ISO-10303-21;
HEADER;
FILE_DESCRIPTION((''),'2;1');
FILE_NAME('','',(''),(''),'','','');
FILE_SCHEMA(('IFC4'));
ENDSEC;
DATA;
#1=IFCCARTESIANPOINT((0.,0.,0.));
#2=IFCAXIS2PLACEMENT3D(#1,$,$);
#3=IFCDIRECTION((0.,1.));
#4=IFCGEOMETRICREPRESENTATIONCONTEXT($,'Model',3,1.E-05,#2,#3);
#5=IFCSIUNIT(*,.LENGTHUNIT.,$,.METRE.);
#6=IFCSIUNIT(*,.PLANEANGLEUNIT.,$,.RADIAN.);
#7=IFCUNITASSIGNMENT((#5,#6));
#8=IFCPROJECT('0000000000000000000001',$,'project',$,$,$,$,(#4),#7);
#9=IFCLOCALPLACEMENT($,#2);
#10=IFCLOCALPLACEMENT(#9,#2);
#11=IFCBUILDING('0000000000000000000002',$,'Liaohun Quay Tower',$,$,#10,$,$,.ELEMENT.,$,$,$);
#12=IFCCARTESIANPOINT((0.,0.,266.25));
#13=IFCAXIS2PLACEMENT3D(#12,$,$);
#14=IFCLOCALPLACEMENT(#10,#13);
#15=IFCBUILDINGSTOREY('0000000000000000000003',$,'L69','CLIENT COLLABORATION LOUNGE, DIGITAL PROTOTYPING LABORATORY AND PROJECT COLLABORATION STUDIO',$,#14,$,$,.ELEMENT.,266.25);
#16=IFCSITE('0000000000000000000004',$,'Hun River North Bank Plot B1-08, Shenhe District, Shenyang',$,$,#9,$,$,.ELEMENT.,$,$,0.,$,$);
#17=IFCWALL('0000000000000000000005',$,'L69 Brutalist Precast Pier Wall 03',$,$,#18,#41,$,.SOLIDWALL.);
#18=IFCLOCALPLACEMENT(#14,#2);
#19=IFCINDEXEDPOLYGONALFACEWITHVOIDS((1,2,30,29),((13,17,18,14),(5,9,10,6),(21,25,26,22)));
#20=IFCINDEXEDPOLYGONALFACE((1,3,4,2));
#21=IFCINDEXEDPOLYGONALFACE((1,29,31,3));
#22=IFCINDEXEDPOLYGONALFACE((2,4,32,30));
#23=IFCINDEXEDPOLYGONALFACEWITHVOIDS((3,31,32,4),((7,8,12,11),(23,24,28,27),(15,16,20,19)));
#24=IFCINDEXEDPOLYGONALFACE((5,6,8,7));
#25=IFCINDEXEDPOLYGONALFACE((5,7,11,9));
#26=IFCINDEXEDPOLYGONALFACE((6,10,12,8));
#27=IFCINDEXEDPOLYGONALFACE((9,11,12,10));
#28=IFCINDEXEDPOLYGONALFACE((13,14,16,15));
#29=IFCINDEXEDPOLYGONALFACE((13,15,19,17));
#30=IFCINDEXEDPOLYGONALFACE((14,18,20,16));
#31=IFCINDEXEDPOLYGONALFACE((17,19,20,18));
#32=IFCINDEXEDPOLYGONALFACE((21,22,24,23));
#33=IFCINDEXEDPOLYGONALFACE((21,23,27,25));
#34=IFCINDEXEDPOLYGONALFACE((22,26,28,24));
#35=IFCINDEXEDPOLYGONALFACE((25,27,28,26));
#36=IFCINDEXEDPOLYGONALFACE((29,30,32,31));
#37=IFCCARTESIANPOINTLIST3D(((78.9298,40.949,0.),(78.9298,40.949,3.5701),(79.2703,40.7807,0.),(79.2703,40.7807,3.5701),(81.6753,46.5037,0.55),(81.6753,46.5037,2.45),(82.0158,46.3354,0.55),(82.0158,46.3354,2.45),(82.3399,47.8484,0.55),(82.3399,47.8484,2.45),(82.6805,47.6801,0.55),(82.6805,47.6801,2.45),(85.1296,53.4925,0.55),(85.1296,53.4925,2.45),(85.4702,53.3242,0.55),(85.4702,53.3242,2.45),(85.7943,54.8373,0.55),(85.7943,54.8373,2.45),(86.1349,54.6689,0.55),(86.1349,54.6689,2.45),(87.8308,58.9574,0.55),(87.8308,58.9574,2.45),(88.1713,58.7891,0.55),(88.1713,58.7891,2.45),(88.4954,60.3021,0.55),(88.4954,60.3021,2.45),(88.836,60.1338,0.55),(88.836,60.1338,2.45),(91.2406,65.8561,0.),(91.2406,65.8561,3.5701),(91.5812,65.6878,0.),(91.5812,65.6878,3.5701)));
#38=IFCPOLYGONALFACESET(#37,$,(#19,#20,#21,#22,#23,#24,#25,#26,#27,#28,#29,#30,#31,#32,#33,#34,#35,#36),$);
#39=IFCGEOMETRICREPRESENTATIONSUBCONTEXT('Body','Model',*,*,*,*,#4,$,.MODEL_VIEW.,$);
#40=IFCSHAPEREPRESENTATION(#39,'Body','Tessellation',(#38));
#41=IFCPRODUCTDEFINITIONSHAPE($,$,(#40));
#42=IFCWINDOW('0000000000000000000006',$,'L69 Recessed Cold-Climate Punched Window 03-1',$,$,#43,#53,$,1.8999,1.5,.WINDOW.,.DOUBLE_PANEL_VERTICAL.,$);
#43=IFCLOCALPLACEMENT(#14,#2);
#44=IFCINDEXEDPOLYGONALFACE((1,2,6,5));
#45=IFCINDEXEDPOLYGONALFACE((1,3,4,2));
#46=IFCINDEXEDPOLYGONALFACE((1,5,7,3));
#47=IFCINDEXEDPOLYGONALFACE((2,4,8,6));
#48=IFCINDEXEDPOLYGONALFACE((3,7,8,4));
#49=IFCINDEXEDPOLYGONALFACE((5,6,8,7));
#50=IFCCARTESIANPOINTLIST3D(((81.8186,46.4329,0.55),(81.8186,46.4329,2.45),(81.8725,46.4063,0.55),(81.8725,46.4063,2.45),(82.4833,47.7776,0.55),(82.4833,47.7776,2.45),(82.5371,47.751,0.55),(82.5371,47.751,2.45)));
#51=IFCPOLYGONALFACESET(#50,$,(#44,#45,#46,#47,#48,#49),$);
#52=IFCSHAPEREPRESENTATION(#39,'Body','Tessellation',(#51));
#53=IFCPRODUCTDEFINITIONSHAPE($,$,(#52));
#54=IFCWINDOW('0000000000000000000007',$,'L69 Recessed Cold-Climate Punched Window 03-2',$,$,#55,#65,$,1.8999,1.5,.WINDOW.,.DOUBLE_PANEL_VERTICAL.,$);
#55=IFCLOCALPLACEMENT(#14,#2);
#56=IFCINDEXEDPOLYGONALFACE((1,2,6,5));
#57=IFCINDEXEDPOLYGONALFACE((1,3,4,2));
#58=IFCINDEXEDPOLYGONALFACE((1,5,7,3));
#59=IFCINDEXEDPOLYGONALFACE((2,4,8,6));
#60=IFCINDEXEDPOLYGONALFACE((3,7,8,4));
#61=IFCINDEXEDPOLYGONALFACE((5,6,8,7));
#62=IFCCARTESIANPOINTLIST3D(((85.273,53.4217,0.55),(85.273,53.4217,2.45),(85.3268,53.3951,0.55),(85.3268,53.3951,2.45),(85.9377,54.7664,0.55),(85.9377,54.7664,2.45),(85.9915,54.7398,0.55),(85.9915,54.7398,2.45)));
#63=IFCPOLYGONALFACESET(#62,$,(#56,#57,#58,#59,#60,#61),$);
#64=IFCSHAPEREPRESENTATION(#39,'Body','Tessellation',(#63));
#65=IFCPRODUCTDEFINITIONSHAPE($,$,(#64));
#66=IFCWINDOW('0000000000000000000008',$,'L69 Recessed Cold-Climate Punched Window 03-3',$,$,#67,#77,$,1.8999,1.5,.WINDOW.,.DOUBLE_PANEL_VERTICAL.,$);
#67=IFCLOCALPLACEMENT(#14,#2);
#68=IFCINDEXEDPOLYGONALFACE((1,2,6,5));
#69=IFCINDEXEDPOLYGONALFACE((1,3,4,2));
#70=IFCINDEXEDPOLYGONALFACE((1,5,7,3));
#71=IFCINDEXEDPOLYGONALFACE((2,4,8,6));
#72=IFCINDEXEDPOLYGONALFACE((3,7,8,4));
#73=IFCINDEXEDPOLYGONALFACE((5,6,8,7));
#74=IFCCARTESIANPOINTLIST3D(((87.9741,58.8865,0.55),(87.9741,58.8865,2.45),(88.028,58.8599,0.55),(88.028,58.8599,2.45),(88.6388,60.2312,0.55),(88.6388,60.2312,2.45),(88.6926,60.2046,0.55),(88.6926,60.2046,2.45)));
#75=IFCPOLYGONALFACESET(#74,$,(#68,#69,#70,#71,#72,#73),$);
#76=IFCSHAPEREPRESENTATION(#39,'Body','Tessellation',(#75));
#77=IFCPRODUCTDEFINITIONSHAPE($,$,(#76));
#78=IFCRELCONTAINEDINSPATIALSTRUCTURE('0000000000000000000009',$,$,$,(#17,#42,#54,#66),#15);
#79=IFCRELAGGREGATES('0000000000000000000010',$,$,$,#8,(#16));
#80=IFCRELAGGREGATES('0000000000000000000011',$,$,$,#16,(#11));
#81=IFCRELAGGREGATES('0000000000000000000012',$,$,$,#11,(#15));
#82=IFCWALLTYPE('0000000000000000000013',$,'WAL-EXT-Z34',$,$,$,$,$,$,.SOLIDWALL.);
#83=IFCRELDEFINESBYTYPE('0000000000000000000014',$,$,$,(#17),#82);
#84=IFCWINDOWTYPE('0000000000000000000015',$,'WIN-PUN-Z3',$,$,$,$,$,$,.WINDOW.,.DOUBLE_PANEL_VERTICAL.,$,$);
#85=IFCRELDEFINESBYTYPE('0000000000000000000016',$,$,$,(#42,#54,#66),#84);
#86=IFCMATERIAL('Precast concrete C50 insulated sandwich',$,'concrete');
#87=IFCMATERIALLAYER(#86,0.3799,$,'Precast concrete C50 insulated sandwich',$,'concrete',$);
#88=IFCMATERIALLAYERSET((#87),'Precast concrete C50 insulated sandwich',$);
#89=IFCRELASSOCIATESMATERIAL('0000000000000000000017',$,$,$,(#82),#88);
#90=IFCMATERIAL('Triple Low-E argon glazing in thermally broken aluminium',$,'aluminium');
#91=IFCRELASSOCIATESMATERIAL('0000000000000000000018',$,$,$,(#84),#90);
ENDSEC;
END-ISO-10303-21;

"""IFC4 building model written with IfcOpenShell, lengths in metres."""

from ifc_helpers import new_model, si_unit, direction, frame, frame_2d, origin, place, context, subcontext, project, spatial, rectangle, extrude, source, transform, mapped, material, layer, layer_set, type_object, element, fill, save


model = new_model("IFC4")

# Units and contexts
model_context = context("Model", 3, precision=1e-05, world=origin(), true_north=direction((0.0, 1.0)))
body_context = subcontext(model_context, "Body", "Model", "MODEL_VIEW")
ifc_project = project(units=[si_unit("LENGTHUNIT", "METRE"), si_unit("PLANEANGLEUNIT", "RADIAN")], contexts=[model_context])

# Site, building, storey
site_placement = place(None, origin())
site = spatial("IfcSite", under=ifc_project, at=site_placement, Name="Hun River North Bank Plot B1-08, Shenhe District, Shenyang", CompositionType="ELEMENT", RefElevation=0.0)
building_placement = place(site_placement, origin())
building = spatial("IfcBuilding", under=site, at=building_placement, Name="Liaohun Quay Tower", CompositionType="ELEMENT")
storey_placement = place(building_placement, frame((0.0, 0.0, 266.25)))
storey = spatial("IfcBuildingStorey", under=building, at=storey_placement, Name="L69", Description="CLIENT COLLABORATION LOUNGE, DIGITAL PROTOTYPING LABORATORY AND PROJECT COLLABORATION STUDIO", CompositionType="ELEMENT", Elevation=266.25)

# Shared definitions
ifc_material_1 = material(Name="Precast concrete C50 insulated sandwich", Category="concrete")
ifc_layer_1 = layer(ifc_material_1, 0.3799, Name="Precast concrete C50 insulated sandwich", Category="concrete")
ifc_layer_set_1 = layer_set([ifc_layer_1], Name="Precast concrete C50 insulated sandwich")
wall_type_1 = type_object("IfcWallType", Name="WAL-EXT-Z34", PredefinedType="SOLIDWALL", material=ifc_layer_set_1)

# Wall, openings, windows
shared_shape_1 = source(origin(), body_context, "Body", "SweptSolid", [
    extrude(rectangle(XDim=1.5, YDim=1.8999, at=frame_2d((0.75, 0.95))), frame((0.0, 0.2, 0.0), z_axis=(0.0, -1.0, 0.0), x_axis=(1.0, 0.0, 0.0)), (0.0, 0.0, 1.0), 0.3999),
])
ifc_material_2 = material(Name="Triple Low-E argon glazing in thermally broken aluminium", Category="aluminium")
window_type_1 = type_object("IfcWindowType", Name="WIN-PUN-Z3", PartitioningType="DOUBLE_PANEL_VERTICAL", PredefinedType="WINDOW", material=ifc_material_2)
shared_shape_2 = source(origin(), body_context, "Body", "SweptSolid", [
    extrude(rectangle(XDim=1.5, YDim=1.8999, at=frame_2d((0.75, 0.95))), frame((0.0, 0.03, 0.0), z_axis=(0.0, -1.0, 0.0), x_axis=(1.0, 0.0, 0.0)), (0.0, 0.0, 1.0), 0.0601),
])
wall_1_placement = place(storey_placement, frame((79.1001, 40.865, 0.0), z_axis=(0.0, 0.0, 1.0), x_axis=(0.4431, 0.896472, 0.0)))
wall_1 = element("IfcWall", 1, at=wall_1_placement, inside=storey, type_object=wall_type_1, Name="L69 Brutalist Precast Pier Wall 03", PredefinedType="SOLIDWALL", context=body_context, shape_type="SweptSolid", body=[
    extrude(rectangle(XDim=27.7834, YDim=0.3799, at=frame_2d((13.8916, 0.0))), origin(), (0.0, 0.0, 1.0), 3.5701),
])
opening_1_placement = place(wall_1_placement, frame((6.196, 0.0, 0.55)))
opening_1 = element("IfcOpeningElement", 2, at=opening_1_placement, cuts=wall_1, PredefinedType="OPENING", context=body_context, shape_type="MappedRepresentation", body=[
    mapped(shared_shape_1, transform((0.0, 0.0, 0.0), x_axis=(1.0, 0.0, 0.0), y_axis=(0.0, 1.0, 0.0), z_axis=(0.0, 0.0, 1.0), scale=1.0)),
])
opening_2_placement = place(wall_1_placement, frame((13.9919, 0.0, 0.55)))
opening_2 = element("IfcOpeningElement", 3, at=opening_2_placement, cuts=wall_1, PredefinedType="OPENING", context=body_context, shape_type="MappedRepresentation", body=[
    mapped(shared_shape_1, transform((0.0, 0.0, 0.0), x_axis=(1.0, 0.0, 0.0), y_axis=(0.0, 1.0, 0.0), z_axis=(0.0, 0.0, 1.0), scale=1.0)),
])
opening_3_placement = place(wall_1_placement, frame((20.0879, 0.0, 0.55)))
opening_3 = element("IfcOpeningElement", 4, at=opening_3_placement, cuts=wall_1, PredefinedType="OPENING", context=body_context, shape_type="MappedRepresentation", body=[
    mapped(shared_shape_1, transform((0.0, 0.0, 0.0), x_axis=(1.0, 0.0, 0.0), y_axis=(0.0, 1.0, 0.0), z_axis=(0.0, 0.0, 1.0), scale=1.0)),
])
window_1_placement = place(opening_1_placement, origin())
window_1 = element("IfcWindow", 5, at=window_1_placement, inside=storey, type_object=window_type_1, Name="L69 Recessed Cold-Climate Punched Window 03-1", OverallHeight=1.8999, OverallWidth=1.5, PartitioningType="DOUBLE_PANEL_VERTICAL", PredefinedType="WINDOW", context=body_context, shape_type="MappedRepresentation", body=[
    mapped(shared_shape_2, transform((0.0, 0.0, 0.0), x_axis=(1.0, 0.0, 0.0), y_axis=(0.0, 1.0, 0.0), z_axis=(0.0, 0.0, 1.0), scale=1.0)),
])
fill(opening_1, window_1)
window_2_placement = place(opening_2_placement, origin())
window_2 = element("IfcWindow", 6, at=window_2_placement, inside=storey, type_object=window_type_1, Name="L69 Recessed Cold-Climate Punched Window 03-2", OverallHeight=1.8999, OverallWidth=1.5, PartitioningType="DOUBLE_PANEL_VERTICAL", PredefinedType="WINDOW", context=body_context, shape_type="MappedRepresentation", body=[
    mapped(shared_shape_2, transform((0.0, 0.0, 0.0), x_axis=(1.0, 0.0, 0.0), y_axis=(0.0, 1.0, 0.0), z_axis=(0.0, 0.0, 1.0), scale=1.0)),
])
fill(opening_2, window_2)
window_3_placement = place(opening_3_placement, origin())
window_3 = element("IfcWindow", 7, at=window_3_placement, inside=storey, type_object=window_type_1, Name="L69 Recessed Cold-Climate Punched Window 03-3", OverallHeight=1.8999, OverallWidth=1.5, PartitioningType="DOUBLE_PANEL_VERTICAL", PredefinedType="WINDOW", context=body_context, shape_type="MappedRepresentation", body=[
    mapped(shared_shape_2, transform((0.0, 0.0, 0.0), x_axis=(1.0, 0.0, 0.0), y_axis=(0.0, 1.0, 0.0), z_axis=(0.0, 0.0, 1.0), scale=1.0)),
])
fill(opening_3, window_3)

save(model, "model.ifc")
